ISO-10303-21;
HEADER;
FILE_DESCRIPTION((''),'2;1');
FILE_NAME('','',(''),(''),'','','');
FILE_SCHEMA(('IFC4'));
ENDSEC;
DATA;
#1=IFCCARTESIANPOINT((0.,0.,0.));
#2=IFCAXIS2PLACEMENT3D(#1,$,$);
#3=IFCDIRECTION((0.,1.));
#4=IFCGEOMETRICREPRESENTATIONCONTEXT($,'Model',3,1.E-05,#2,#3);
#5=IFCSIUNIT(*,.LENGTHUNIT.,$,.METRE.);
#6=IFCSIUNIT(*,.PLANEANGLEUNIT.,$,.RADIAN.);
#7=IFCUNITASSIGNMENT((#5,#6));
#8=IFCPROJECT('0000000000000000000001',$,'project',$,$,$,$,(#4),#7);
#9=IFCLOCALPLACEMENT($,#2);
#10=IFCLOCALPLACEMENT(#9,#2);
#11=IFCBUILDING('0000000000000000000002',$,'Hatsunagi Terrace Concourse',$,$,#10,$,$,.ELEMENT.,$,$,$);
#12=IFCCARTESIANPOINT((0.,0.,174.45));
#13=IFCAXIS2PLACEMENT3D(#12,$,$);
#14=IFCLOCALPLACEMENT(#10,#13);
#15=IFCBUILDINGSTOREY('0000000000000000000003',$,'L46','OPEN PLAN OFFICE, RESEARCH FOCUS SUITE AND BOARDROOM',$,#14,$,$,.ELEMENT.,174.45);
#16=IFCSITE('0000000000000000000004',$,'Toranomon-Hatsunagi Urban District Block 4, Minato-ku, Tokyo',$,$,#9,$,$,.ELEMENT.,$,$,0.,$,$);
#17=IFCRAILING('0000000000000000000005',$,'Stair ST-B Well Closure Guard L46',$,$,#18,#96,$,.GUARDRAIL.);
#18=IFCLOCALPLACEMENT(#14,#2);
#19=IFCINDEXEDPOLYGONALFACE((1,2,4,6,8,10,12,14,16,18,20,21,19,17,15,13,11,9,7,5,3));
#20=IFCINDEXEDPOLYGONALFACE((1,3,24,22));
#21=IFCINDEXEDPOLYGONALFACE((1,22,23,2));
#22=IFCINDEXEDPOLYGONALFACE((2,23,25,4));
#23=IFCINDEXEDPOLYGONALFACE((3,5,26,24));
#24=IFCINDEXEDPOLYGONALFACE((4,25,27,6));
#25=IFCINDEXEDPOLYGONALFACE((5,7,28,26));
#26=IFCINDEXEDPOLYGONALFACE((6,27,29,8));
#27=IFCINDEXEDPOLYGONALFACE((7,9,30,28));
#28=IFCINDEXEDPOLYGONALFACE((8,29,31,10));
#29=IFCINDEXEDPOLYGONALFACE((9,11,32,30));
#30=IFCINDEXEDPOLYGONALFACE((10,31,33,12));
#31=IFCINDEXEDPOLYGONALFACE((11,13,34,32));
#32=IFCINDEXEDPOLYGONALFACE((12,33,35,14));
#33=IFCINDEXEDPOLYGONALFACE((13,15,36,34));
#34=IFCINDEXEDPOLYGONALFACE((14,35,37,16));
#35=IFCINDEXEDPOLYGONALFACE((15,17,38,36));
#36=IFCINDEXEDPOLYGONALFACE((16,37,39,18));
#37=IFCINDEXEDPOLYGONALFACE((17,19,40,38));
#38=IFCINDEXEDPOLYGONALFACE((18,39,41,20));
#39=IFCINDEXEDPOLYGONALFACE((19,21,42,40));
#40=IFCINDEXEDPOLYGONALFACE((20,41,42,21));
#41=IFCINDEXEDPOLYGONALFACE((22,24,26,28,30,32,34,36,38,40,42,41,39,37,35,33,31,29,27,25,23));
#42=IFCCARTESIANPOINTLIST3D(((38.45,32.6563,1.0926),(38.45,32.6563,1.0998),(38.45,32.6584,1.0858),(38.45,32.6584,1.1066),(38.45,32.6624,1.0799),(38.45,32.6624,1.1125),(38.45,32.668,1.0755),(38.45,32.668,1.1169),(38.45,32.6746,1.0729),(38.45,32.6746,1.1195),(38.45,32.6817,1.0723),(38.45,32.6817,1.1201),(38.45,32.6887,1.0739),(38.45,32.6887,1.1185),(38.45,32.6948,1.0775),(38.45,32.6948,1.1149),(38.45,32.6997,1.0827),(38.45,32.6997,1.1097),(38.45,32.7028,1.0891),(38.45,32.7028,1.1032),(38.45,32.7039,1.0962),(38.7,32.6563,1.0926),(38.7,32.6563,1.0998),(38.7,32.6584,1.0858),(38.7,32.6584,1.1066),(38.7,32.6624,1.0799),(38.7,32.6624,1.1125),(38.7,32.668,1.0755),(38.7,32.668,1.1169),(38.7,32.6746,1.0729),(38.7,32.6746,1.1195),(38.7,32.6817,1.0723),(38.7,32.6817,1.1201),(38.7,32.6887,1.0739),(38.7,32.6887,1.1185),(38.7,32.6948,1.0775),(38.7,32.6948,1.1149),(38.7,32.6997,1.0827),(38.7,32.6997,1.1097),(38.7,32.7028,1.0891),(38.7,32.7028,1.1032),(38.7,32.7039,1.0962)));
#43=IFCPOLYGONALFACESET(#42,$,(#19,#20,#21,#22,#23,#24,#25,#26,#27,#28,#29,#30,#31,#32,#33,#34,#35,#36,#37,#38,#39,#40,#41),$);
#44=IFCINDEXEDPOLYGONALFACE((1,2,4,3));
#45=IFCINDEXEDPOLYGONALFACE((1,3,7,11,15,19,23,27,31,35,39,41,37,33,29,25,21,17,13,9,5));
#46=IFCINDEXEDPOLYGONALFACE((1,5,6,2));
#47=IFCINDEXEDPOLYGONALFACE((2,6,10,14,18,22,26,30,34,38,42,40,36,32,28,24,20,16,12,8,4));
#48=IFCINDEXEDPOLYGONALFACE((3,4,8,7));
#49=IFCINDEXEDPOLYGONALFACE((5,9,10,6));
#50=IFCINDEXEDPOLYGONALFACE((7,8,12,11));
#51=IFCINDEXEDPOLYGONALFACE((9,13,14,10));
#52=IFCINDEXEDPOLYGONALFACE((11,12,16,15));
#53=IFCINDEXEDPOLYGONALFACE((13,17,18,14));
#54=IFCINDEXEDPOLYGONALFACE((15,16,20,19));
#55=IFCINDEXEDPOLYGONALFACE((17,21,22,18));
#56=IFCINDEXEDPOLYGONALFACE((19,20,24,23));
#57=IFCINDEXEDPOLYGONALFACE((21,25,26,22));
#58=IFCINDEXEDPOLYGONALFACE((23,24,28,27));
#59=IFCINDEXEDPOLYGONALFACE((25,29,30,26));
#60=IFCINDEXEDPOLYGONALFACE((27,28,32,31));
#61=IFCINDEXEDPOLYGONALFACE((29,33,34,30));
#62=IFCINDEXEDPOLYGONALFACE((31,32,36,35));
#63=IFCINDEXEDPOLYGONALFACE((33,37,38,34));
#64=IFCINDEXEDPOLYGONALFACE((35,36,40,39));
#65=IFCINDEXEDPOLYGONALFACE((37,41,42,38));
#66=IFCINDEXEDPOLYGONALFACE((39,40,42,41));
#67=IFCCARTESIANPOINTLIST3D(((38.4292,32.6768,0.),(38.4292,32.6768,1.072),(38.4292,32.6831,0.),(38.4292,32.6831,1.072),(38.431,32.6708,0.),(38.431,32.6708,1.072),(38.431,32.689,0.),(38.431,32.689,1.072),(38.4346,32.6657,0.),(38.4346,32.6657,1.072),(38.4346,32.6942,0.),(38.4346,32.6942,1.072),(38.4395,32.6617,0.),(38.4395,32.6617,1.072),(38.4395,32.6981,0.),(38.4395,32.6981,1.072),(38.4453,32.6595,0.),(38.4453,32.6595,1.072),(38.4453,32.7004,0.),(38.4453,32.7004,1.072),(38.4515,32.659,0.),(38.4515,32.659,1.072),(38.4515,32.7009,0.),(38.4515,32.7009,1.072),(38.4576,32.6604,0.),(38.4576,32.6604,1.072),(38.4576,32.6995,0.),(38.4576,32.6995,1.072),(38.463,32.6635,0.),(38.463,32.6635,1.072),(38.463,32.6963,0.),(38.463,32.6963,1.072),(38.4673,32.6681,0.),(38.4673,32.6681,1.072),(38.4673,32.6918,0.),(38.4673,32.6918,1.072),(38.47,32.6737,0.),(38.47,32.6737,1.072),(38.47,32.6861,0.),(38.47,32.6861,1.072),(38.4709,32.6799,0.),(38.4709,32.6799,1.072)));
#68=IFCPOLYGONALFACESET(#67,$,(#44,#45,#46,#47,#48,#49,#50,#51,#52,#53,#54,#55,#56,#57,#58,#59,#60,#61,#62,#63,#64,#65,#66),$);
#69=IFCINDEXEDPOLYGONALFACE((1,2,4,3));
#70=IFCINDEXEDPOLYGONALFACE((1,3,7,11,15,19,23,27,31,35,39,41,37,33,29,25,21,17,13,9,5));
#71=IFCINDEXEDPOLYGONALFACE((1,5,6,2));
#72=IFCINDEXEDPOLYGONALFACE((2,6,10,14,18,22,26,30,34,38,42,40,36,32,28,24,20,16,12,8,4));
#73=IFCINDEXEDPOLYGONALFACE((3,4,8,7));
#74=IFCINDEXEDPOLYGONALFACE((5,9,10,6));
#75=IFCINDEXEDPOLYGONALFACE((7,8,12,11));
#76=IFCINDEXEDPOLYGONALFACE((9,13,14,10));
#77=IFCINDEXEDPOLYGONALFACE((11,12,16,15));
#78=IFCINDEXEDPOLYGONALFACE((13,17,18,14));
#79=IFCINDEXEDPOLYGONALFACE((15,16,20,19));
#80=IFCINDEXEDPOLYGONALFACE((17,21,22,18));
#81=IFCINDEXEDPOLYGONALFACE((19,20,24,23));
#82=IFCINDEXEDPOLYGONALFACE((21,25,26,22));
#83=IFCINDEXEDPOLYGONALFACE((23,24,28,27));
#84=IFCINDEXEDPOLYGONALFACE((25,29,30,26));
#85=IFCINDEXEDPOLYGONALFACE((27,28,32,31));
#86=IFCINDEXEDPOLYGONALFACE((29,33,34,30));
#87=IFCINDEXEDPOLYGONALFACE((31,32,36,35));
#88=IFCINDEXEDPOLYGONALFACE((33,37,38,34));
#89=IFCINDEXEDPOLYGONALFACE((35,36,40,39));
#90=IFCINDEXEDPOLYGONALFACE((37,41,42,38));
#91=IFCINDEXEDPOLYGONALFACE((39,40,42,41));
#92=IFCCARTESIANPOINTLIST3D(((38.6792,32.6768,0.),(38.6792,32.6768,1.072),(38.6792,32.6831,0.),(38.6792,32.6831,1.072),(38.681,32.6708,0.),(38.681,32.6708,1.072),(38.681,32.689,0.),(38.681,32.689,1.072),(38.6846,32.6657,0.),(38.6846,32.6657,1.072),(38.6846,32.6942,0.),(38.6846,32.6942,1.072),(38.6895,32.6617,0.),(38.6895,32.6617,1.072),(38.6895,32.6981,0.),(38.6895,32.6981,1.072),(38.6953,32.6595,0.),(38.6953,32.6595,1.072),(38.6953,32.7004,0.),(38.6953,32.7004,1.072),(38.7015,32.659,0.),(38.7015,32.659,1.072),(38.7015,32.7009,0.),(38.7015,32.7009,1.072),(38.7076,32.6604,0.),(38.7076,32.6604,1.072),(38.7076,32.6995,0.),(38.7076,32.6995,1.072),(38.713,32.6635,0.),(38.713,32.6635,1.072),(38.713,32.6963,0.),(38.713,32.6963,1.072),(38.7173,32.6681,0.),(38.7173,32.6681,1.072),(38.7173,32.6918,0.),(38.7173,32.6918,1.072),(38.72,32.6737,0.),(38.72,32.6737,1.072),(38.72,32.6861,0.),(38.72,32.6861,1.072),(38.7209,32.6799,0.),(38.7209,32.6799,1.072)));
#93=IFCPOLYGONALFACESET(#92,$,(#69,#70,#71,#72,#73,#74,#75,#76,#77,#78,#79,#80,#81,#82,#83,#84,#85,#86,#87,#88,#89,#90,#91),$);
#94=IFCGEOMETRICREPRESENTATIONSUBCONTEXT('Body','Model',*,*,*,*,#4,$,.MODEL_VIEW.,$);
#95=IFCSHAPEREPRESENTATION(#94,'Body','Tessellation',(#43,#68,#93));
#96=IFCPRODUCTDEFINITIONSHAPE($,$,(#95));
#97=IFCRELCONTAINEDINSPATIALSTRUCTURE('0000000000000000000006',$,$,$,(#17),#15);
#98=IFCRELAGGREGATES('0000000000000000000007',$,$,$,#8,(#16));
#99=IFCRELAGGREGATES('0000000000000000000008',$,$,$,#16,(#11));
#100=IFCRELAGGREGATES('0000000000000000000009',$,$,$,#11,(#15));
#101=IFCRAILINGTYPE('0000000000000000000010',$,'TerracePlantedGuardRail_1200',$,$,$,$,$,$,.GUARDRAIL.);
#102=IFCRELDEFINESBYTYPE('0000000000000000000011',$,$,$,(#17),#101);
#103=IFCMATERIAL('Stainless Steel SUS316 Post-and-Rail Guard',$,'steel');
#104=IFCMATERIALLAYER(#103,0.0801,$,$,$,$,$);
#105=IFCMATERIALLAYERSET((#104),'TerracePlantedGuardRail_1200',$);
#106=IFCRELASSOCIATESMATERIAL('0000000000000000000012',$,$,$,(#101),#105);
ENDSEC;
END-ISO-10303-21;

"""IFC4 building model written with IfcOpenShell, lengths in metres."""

from ifc_helpers import new_model, si_unit, direction, frame, origin, origin_2d, place, context, subcontext, project, spatial, circle, extrude, material, layer, layer_set, type_object, element, save


model = new_model("IFC4")

# Units and contexts
model_context = context("Model", 3, precision=1e-05, world=origin(), true_north=direction((0.0, 1.0)))
body_context = subcontext(model_context, "Body", "Model", "MODEL_VIEW")
ifc_project = project(units=[si_unit("LENGTHUNIT", "METRE"), si_unit("PLANEANGLEUNIT", "RADIAN")], contexts=[model_context])

# Site, building, storey
site_placement = place(None, origin())
site = spatial("IfcSite", under=ifc_project, at=site_placement, Name="Toranomon-Hatsunagi Urban District Block 4, Minato-ku, Tokyo", CompositionType="ELEMENT", RefElevation=0.0)
building_placement = place(site_placement, origin())
building = spatial("IfcBuilding", under=site, at=building_placement, Name="Hatsunagi Terrace Concourse", CompositionType="ELEMENT")
storey_placement = place(building_placement, frame((0.0, 0.0, 174.45)))
storey = spatial("IfcBuildingStorey", under=building, at=storey_placement, Name="L46", Description="OPEN PLAN OFFICE, RESEARCH FOCUS SUITE AND BOARDROOM", CompositionType="ELEMENT", Elevation=174.45)

# Railing
ifc_material_1 = material(Name="Stainless Steel SUS316 Post-and-Rail Guard", Category="steel")
ifc_layer_1 = layer(ifc_material_1, 0.0801)
ifc_layer_set_1 = layer_set([ifc_layer_1], Name="TerracePlantedGuardRail_1200")
railing_type_1 = type_object("IfcRailingType", Name="TerracePlantedGuardRail_1200", PredefinedType="GUARDRAIL", material=ifc_layer_set_1)
railing_1_placement = place(storey_placement, frame((38.45, 32.6799, 0.0)))
element("IfcRailing", 1, at=railing_1_placement, inside=storey, type_object=railing_type_1, Name="Stair ST-B Well Closure Guard L46", PredefinedType="GUARDRAIL", context=body_context, shape_type="SweptSolid", body=[
    extrude(circle(Radius=0.0239, at=origin_2d()), frame((0.0, 0.0, 1.0962), z_axis=(1.0, 0.0, 0.0), x_axis=(0.0, 1.0, 0.0)), (0.0, 0.0, 1.0), 0.25),
    extrude(circle(Radius=0.021, at=origin_2d()), origin(), (0.0, 0.0, 1.0), 1.072),
    extrude(circle(Radius=0.021, at=origin_2d()), frame((0.25, 0.0, 0.0)), (0.0, 0.0, 1.0), 1.072),
])

save(model, "model.ifc")
